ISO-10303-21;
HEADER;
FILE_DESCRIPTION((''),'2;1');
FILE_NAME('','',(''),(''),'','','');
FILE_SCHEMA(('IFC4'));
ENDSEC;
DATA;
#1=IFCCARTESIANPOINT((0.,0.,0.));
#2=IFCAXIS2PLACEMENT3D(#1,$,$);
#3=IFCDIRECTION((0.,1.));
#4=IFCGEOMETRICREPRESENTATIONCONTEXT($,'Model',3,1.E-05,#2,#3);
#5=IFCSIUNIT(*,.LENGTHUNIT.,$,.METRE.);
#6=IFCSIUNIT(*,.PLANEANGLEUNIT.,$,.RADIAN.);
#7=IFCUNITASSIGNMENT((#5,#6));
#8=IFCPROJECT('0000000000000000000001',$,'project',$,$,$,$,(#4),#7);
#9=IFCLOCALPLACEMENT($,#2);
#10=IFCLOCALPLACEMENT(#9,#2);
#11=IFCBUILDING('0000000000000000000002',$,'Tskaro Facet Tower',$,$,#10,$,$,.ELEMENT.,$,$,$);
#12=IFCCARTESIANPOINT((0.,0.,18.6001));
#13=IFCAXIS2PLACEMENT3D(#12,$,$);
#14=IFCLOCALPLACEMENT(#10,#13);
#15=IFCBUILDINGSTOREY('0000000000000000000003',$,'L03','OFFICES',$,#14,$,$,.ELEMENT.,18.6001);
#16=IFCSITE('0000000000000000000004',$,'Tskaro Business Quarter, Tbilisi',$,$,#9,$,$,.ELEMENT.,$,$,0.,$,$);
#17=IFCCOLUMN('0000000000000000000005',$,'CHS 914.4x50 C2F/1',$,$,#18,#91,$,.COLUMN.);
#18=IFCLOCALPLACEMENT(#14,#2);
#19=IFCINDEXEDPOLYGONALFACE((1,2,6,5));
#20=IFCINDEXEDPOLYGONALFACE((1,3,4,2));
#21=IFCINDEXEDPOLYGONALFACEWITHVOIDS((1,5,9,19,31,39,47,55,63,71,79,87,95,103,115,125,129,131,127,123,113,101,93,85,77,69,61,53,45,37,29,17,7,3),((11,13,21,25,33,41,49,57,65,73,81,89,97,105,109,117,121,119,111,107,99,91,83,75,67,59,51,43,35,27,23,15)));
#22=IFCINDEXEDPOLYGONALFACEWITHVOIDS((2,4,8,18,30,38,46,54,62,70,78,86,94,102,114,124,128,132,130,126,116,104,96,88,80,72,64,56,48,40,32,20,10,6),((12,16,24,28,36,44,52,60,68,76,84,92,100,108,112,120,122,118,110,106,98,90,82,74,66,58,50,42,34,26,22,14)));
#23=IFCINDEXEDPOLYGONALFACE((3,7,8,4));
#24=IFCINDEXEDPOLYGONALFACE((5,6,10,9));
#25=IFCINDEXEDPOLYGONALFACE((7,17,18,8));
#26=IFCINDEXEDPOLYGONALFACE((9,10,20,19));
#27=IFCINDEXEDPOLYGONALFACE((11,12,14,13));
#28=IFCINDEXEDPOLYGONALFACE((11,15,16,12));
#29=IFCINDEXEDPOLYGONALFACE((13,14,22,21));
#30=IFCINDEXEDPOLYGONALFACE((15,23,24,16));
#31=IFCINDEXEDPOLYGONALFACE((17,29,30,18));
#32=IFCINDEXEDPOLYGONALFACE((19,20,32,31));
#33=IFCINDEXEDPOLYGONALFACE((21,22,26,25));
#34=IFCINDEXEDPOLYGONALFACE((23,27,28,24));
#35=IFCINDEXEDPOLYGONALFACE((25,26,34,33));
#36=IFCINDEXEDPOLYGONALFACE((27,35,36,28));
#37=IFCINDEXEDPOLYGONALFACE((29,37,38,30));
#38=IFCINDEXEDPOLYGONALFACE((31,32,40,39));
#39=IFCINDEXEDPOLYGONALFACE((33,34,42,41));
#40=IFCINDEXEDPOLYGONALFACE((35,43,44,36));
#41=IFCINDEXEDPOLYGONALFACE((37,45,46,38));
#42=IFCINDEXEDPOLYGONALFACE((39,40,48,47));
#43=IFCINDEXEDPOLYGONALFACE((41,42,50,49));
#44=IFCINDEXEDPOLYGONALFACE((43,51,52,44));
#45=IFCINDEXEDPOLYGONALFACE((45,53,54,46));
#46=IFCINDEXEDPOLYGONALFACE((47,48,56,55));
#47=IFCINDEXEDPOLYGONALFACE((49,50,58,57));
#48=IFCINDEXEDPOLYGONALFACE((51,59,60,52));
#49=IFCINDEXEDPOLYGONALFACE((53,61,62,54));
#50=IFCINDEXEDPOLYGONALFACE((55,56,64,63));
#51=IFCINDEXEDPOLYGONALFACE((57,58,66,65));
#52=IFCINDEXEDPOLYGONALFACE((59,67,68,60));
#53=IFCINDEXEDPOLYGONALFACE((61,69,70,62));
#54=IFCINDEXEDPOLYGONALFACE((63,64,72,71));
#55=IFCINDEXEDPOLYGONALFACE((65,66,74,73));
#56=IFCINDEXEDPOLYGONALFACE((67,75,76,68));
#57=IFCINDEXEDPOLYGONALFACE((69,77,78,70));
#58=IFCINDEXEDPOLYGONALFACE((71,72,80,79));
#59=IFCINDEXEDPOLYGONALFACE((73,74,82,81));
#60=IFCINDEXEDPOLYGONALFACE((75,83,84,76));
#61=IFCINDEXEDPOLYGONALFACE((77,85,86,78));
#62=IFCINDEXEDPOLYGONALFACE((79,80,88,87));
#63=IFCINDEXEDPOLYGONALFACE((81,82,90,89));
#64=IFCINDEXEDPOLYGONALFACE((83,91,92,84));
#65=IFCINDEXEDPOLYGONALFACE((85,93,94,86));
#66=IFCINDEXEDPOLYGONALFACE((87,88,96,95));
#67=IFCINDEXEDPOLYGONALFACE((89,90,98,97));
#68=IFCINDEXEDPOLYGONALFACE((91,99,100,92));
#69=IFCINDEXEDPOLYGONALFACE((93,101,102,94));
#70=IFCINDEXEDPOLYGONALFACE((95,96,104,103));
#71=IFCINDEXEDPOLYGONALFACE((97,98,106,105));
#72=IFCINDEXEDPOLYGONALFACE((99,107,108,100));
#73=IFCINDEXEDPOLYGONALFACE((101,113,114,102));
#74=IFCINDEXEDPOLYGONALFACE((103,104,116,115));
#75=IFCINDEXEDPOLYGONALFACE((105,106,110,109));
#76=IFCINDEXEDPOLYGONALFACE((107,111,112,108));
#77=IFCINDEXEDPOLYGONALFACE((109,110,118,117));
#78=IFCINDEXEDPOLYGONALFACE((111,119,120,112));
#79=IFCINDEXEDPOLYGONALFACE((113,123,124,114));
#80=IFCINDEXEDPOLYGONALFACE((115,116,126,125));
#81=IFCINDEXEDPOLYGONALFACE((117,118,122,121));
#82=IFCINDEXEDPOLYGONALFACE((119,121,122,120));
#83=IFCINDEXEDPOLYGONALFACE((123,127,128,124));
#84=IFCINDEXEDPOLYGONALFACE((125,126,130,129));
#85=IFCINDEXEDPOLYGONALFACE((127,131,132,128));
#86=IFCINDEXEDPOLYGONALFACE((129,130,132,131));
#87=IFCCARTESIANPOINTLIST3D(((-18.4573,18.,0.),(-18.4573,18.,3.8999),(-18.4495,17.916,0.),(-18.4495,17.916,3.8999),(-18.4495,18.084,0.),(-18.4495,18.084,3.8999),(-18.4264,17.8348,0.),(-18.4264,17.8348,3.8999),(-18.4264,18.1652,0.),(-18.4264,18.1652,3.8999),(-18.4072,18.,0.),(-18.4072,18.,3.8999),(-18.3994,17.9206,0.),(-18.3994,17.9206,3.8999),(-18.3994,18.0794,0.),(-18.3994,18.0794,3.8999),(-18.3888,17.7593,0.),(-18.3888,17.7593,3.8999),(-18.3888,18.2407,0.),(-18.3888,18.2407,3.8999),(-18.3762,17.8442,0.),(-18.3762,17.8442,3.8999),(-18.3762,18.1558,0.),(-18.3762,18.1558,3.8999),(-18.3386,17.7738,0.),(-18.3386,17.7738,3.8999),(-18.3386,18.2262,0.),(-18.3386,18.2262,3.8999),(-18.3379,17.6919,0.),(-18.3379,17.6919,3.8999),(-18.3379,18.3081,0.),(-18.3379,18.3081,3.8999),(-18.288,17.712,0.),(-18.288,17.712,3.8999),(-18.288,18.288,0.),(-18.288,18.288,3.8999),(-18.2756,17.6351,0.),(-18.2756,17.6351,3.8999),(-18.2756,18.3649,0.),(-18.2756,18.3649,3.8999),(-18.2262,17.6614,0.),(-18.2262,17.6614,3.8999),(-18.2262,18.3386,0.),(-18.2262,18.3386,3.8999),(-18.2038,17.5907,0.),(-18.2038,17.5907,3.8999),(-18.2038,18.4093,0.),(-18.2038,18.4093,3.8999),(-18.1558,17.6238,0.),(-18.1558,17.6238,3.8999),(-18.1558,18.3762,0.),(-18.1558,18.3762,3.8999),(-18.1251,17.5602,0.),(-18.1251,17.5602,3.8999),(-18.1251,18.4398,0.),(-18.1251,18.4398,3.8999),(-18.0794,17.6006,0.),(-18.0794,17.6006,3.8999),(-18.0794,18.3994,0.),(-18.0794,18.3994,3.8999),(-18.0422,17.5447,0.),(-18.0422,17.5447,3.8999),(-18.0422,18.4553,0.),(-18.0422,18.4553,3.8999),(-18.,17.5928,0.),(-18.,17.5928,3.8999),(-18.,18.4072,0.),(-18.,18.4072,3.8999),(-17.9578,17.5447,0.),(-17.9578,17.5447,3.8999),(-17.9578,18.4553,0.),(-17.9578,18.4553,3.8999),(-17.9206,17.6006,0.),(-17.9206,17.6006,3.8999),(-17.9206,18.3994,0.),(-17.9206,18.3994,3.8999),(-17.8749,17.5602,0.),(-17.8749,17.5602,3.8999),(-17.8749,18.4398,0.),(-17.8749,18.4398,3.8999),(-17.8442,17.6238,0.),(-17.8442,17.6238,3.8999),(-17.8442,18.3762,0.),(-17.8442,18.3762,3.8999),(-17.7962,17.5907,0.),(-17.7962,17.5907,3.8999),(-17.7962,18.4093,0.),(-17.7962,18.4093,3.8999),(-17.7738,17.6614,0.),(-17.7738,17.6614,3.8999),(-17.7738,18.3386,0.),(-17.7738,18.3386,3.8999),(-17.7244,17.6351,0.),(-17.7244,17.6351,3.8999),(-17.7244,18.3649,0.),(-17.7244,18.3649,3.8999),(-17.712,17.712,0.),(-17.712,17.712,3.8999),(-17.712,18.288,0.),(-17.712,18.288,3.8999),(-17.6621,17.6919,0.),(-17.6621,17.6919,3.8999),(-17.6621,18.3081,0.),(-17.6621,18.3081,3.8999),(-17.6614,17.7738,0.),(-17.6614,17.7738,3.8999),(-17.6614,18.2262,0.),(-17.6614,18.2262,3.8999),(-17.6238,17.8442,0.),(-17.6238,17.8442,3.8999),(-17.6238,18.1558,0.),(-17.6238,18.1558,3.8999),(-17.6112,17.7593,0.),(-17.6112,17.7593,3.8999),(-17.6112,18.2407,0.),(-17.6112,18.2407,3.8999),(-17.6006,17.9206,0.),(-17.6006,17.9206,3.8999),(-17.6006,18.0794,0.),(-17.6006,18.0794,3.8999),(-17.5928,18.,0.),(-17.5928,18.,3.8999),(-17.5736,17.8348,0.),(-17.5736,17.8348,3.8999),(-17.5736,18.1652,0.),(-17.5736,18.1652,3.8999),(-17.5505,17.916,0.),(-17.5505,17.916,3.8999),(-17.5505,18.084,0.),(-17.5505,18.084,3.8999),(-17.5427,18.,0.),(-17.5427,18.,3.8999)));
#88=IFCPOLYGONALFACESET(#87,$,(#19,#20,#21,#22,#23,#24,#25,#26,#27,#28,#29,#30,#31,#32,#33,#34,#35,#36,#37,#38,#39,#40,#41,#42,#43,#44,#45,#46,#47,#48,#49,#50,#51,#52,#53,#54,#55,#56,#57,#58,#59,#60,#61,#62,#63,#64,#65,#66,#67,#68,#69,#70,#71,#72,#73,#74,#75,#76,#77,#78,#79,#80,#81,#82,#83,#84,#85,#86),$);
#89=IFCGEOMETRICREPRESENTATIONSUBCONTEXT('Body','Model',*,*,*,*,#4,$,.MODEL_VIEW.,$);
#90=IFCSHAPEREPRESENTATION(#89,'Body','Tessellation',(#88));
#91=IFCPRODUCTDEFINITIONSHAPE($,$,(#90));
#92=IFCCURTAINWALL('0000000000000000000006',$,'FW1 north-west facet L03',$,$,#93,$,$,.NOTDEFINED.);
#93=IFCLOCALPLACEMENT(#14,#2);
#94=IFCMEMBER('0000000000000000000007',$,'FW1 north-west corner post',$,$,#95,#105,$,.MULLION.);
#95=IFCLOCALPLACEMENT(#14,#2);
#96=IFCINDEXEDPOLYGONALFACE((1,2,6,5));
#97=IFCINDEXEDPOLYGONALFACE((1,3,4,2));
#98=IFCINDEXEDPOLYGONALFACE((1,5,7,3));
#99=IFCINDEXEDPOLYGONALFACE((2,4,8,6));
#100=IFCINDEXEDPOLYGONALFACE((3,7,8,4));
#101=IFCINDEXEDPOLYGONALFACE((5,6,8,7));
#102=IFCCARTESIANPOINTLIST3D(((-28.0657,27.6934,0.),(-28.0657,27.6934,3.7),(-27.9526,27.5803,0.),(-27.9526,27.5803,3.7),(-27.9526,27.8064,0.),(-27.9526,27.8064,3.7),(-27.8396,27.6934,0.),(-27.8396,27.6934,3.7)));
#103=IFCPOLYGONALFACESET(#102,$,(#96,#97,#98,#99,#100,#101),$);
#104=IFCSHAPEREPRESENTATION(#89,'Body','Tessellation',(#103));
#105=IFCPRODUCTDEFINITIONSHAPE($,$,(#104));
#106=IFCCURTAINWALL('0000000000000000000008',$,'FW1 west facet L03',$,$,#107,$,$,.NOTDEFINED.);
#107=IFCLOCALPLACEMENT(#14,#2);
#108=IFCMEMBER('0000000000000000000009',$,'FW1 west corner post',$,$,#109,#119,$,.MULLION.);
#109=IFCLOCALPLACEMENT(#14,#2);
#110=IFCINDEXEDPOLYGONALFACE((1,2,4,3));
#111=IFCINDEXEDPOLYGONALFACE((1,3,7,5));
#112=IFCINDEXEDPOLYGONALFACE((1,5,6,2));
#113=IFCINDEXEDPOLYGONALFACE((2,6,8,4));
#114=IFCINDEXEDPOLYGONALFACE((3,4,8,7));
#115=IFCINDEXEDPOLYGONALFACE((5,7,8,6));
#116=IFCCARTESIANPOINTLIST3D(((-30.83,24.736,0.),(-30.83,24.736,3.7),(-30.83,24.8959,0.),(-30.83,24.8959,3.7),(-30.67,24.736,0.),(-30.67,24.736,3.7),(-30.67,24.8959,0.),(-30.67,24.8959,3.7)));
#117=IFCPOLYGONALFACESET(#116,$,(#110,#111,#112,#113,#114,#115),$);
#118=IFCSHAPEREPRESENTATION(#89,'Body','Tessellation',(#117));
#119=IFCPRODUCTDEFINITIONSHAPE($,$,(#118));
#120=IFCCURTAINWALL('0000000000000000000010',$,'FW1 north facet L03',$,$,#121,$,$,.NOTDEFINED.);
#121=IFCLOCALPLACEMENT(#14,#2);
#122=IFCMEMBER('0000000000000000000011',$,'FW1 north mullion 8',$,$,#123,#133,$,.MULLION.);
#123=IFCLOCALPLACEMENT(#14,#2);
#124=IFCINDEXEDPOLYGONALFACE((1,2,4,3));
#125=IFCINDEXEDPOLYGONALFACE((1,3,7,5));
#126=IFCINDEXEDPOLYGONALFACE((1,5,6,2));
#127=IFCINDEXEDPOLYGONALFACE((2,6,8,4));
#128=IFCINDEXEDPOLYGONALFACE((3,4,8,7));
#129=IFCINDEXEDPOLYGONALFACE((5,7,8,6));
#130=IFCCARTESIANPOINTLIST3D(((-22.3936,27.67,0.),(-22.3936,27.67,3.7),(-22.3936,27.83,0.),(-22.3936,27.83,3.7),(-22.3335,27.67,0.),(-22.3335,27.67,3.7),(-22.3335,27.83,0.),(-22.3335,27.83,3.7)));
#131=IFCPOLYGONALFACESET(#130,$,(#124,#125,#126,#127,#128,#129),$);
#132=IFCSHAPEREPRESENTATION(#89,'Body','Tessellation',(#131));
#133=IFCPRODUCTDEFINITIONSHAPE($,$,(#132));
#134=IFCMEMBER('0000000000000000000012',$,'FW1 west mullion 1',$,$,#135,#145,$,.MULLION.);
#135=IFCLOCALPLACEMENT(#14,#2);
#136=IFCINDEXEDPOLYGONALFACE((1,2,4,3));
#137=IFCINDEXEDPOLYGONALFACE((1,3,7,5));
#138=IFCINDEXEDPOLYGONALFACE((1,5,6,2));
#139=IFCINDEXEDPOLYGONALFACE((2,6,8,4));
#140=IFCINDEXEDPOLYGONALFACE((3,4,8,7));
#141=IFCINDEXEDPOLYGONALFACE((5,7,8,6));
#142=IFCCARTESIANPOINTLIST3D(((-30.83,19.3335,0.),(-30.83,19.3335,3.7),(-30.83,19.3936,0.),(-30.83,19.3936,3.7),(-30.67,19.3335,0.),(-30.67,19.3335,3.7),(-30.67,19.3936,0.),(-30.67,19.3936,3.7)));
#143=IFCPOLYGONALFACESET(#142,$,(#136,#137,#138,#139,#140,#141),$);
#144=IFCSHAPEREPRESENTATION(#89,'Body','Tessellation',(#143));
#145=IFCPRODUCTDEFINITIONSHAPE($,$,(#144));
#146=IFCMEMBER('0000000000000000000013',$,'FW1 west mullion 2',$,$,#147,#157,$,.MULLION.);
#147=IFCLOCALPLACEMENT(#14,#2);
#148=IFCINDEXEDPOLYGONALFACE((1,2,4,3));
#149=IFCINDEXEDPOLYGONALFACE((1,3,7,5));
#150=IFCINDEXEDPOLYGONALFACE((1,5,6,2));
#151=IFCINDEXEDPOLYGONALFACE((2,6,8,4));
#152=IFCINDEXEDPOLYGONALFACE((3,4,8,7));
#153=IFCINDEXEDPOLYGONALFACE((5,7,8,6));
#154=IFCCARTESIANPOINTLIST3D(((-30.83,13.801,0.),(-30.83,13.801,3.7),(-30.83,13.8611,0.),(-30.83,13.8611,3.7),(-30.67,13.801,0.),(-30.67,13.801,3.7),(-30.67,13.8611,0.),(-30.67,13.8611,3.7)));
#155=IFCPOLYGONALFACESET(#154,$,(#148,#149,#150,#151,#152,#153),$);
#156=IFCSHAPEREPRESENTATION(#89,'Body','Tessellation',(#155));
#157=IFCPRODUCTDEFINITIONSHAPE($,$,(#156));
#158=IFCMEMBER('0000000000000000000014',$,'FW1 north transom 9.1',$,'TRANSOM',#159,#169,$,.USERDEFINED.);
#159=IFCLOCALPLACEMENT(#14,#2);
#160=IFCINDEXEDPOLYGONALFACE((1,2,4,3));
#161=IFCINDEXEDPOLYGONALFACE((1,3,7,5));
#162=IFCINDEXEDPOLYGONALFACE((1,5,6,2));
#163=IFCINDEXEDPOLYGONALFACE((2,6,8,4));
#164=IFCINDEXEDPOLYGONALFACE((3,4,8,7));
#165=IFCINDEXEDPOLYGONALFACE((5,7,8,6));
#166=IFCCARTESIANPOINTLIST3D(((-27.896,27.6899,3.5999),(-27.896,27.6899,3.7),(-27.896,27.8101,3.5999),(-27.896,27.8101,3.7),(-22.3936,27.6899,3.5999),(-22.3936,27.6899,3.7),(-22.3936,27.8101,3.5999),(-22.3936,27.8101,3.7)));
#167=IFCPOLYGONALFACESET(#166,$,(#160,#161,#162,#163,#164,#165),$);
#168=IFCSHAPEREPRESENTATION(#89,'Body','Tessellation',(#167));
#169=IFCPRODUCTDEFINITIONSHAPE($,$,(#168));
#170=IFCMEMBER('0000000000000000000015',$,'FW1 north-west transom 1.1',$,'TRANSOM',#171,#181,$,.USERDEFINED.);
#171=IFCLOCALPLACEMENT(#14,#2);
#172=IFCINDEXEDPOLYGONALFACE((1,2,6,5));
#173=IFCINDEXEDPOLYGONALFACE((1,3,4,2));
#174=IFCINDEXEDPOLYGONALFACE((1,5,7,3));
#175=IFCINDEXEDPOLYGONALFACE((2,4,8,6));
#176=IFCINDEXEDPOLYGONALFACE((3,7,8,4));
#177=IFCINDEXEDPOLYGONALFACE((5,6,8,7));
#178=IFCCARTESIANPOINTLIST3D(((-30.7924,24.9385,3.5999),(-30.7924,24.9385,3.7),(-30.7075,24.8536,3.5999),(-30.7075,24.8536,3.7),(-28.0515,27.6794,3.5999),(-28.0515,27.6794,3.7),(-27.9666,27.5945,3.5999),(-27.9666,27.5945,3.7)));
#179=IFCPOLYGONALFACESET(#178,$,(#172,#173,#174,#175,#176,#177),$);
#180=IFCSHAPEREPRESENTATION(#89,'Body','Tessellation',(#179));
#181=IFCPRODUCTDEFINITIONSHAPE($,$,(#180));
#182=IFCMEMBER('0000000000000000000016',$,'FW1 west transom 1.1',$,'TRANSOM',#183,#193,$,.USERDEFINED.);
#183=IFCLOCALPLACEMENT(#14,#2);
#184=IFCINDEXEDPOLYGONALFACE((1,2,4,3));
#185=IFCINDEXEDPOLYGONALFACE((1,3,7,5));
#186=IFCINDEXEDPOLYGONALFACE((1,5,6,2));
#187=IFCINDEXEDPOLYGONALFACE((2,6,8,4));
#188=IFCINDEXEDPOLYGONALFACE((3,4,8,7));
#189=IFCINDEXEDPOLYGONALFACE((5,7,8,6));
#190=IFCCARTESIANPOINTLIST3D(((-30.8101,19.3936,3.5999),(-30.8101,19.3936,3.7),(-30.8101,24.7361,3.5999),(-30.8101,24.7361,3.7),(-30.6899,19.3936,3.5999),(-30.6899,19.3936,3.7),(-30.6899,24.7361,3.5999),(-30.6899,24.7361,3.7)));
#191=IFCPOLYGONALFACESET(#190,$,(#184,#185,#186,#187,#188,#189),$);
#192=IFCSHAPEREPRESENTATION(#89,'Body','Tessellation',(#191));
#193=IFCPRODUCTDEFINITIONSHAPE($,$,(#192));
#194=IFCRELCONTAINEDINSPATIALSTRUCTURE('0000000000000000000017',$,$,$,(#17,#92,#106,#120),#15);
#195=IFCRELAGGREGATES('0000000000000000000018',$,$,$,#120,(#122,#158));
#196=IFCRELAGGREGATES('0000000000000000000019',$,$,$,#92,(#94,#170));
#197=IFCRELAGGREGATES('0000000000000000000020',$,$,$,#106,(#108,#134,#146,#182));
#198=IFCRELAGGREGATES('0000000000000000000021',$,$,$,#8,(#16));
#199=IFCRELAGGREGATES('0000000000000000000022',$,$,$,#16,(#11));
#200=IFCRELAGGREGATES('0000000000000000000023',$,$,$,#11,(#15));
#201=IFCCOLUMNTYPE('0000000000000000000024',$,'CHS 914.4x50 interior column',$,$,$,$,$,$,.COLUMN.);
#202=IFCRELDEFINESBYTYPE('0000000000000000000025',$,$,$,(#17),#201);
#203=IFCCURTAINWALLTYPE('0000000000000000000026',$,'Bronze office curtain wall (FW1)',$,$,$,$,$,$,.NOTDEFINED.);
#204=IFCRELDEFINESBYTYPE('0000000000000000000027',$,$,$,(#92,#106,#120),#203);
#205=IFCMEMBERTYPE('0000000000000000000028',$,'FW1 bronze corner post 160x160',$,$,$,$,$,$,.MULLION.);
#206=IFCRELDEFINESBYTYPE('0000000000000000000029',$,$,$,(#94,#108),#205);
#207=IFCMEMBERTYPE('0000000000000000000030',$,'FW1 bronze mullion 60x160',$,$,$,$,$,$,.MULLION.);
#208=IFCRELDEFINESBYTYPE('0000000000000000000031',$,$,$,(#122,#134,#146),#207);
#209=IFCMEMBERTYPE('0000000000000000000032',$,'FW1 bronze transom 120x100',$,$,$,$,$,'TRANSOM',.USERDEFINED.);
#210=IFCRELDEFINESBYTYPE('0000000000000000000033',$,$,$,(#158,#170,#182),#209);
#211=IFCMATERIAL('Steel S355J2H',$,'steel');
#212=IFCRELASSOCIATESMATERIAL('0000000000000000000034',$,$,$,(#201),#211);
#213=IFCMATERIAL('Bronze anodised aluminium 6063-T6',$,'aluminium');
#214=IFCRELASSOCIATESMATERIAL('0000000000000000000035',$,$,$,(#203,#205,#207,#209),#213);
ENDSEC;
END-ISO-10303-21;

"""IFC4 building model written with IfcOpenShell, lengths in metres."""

from ifc_helpers import new_model, si_unit, direction, frame, origin, origin_2d, place, context, subcontext, project, spatial, rectangle, hollow_circle, extrude, material, material_profile, profile_set, type_object, element, aggregate, save


model = new_model("IFC4")

# Units and contexts
model_context = context("Model", 3, precision=1e-05, world=origin(), true_north=direction((0.0, 1.0)))
body_context = subcontext(model_context, "Body", "Model", "MODEL_VIEW")
ifc_project = project(units=[si_unit("LENGTHUNIT", "METRE"), si_unit("PLANEANGLEUNIT", "RADIAN")], contexts=[model_context])

# Site, building, storey
site_placement = place(None, origin())
site = spatial("IfcSite", under=ifc_project, at=site_placement, Name="Tskaro Business Quarter, Tbilisi", CompositionType="ELEMENT", RefElevation=0.0)
building_placement = place(site_placement, origin())
building = spatial("IfcBuilding", under=site, at=building_placement, Name="Tskaro Facet Tower", CompositionType="ELEMENT")
storey_placement = place(building_placement, frame((0.0, 0.0, 18.6001)))
storey = spatial("IfcBuildingStorey", under=building, at=storey_placement, Name="L03", Description="OFFICES", CompositionType="ELEMENT", Elevation=18.6001)

# Column
ifc_material_1 = material(Name="Steel S355J2H", Category="steel")
ifc_material_profile_1 = material_profile(ifc_material_1, hollow_circle(Radius=0.4573, WallThickness=0.05, at=origin_2d()), Name="CHS 914.4x50")
ifc_profile_set_1 = profile_set([ifc_material_profile_1], Name="Steel S355J2H")
column_type_1 = type_object("IfcColumnType", Name="CHS 914.4x50 interior column", PredefinedType="COLUMN", material=ifc_profile_set_1)
column_placement = place(storey_placement, frame((-18.0, 18.0, 0.0), z_axis=(0.0, 0.0, 1.0), x_axis=(1.0, 0.0, 0.0)))
element("IfcColumn", 1, at=column_placement, inside=storey, type_object=column_type_1, Name="CHS 914.4x50 C2F/1", PredefinedType="COLUMN", context=body_context, shape_type="SweptSolid", body=[
    extrude(hollow_circle(Radius=0.4573, WallThickness=0.05, at=origin_2d()), origin(), (0.0, 0.0, 1.0), 3.8999),
])

# Curtain walls, members
ifc_material_2 = material(Name="Bronze anodised aluminium 6063-T6", Category="aluminium")
curtain_wall_type = type_object("IfcCurtainWallType", Name="Bronze office curtain wall (FW1)", PredefinedType="NOTDEFINED", material=ifc_material_2)
curtain_wall_1_placement = place(storey_placement, origin())
curtain_wall_1 = element("IfcCurtainWall", 2, at=curtain_wall_1_placement, inside=storey, type_object=curtain_wall_type, Name="FW1 north-west facet L03", PredefinedType="NOTDEFINED")
ifc_material_profile_2 = material_profile(ifc_material_2, rectangle(XDim=0.1599, YDim=0.1599, at=origin_2d()), Name="Corner post 160x160")
ifc_profile_set_2 = profile_set([ifc_material_profile_2], Name="Bronze anodised aluminium 6063-T6")
member_type_1 = type_object("IfcMemberType", Name="FW1 bronze corner post 160x160", PredefinedType="MULLION", material=ifc_profile_set_2)
member_1_placement = place(storey_placement, frame((-27.9526, 27.6934, 0.0), z_axis=(0.0, 0.0, 1.0), x_axis=(-0.707107, -0.707107, 0.0)))
member_1 = element("IfcMember", 3, at=member_1_placement, type_object=member_type_1, Name="FW1 north-west corner post", PredefinedType="MULLION", context=body_context, shape_type="SweptSolid", body=[
    extrude(rectangle(XDim=0.1599, YDim=0.1599, at=origin_2d()), origin(), (0.0, 0.0, 1.0), 3.7),
])
curtain_wall_2_placement = place(storey_placement, origin())
curtain_wall_2 = element("IfcCurtainWall", 4, at=curtain_wall_2_placement, inside=storey, type_object=curtain_wall_type, Name="FW1 west facet L03", PredefinedType="NOTDEFINED")
member_2_placement = place(storey_placement, frame((-30.75, 24.8159, 0.0), z_axis=(0.0, 0.0, 1.0), x_axis=(0.0, -1.0, 0.0)))
member_2 = element("IfcMember", 5, at=member_2_placement, type_object=member_type_1, Name="FW1 west corner post", PredefinedType="MULLION", context=body_context, shape_type="SweptSolid", body=[
    extrude(rectangle(XDim=0.1599, YDim=0.1599, at=origin_2d()), origin(), (0.0, 0.0, 1.0), 3.7),
])
curtain_wall_3_placement = place(storey_placement, origin())
curtain_wall_3 = element("IfcCurtainWall", 6, at=curtain_wall_3_placement, inside=storey, type_object=curtain_wall_type, Name="FW1 north facet L03", PredefinedType="NOTDEFINED")
ifc_material_profile_3 = material_profile(ifc_material_2, rectangle(XDim=0.0601, YDim=0.1599, at=origin_2d()), Name="Mullion 60x160")
ifc_profile_set_3 = profile_set([ifc_material_profile_3], Name="Bronze anodised aluminium 6063-T6")
member_type_2 = type_object("IfcMemberType", Name="FW1 bronze mullion 60x160", PredefinedType="MULLION", material=ifc_profile_set_3)
member_3_placement = place(storey_placement, frame((-22.3635, 27.75, 0.0), z_axis=(0.0, 0.0, 1.0), x_axis=(-1.0, 0.0, 0.0)))
member_3 = element("IfcMember", 7, at=member_3_placement, type_object=member_type_2, Name="FW1 north mullion 8", PredefinedType="MULLION", context=body_context, shape_type="SweptSolid", body=[
    extrude(rectangle(XDim=0.0601, YDim=0.1599, at=origin_2d()), origin(), (0.0, 0.0, 1.0), 3.7),
])

# Members
member_4_placement = place(storey_placement, frame((-30.75, 19.3635, 0.0), z_axis=(0.0, 0.0, 1.0), x_axis=(0.0, -1.0, 0.0)))
member_4 = element("IfcMember", 8, at=member_4_placement, type_object=member_type_2, Name="FW1 west mullion 1", PredefinedType="MULLION", context=body_context, shape_type="SweptSolid", body=[
    extrude(rectangle(XDim=0.0601, YDim=0.1599, at=origin_2d()), origin(), (0.0, 0.0, 1.0), 3.7),
])
member_5_placement = place(storey_placement, frame((-30.75, 13.8311, 0.0), z_axis=(0.0, 0.0, 1.0), x_axis=(0.0, -1.0, 0.0)))
member_5 = element("IfcMember", 9, at=member_5_placement, type_object=member_type_2, Name="FW1 west mullion 2", PredefinedType="MULLION", context=body_context, shape_type="SweptSolid", body=[
    extrude(rectangle(XDim=0.0601, YDim=0.1599, at=origin_2d()), origin(), (0.0, 0.0, 1.0), 3.7),
])
ifc_material_profile_4 = material_profile(ifc_material_2, rectangle(XDim=0.1201, YDim=0.1001, at=origin_2d()), Name="Transom 120x100")
ifc_profile_set_4 = profile_set([ifc_material_profile_4], Name="Bronze anodised aluminium 6063-T6")
member_type_3 = type_object("IfcMemberType", Name="FW1 bronze transom 120x100", ElementType="TRANSOM", PredefinedType="USERDEFINED", material=ifc_profile_set_4)
member_6_placement = place(storey_placement, frame((-22.3936, 27.75, 3.6499), z_axis=(-1.0, 0.0, 0.0), x_axis=(0.0, -1.0, 0.0)))
member_6 = element("IfcMember", 10, at=member_6_placement, type_object=member_type_3, Name="FW1 north transom 9.1", ObjectType="TRANSOM", PredefinedType="USERDEFINED", context=body_context, shape_type="SweptSolid", body=[
    extrude(rectangle(XDim=0.1201, YDim=0.1001, at=origin_2d()), origin(), (0.0, 0.0, 1.0), 5.5024),
])
member_7_placement = place(storey_placement, frame((-28.009, 27.637, 3.6499), z_axis=(-0.707107, -0.707107, 0.0), x_axis=(0.707107, -0.707107, 0.0)))
member_7 = element("IfcMember", 11, at=member_7_placement, type_object=member_type_3, Name="FW1 north-west transom 1.1", ObjectType="TRANSOM", PredefinedType="USERDEFINED", context=body_context, shape_type="SweptSolid", body=[
    extrude(rectangle(XDim=0.1201, YDim=0.1001, at=origin_2d()), origin(), (0.0, 0.0, 1.0), 3.8762),
])
member_8_placement = place(storey_placement, frame((-30.75, 24.7361, 3.6499), z_axis=(0.0, -1.0, 0.0), x_axis=(1.0, 0.0, 0.0)))
member_8 = element("IfcMember", 12, at=member_8_placement, type_object=member_type_3, Name="FW1 west transom 1.1", ObjectType="TRANSOM", PredefinedType="USERDEFINED", context=body_context, shape_type="SweptSolid", body=[
    extrude(rectangle(XDim=0.1201, YDim=0.1001, at=origin_2d()), origin(), (0.0, 0.0, 1.0), 5.3425),
])

aggregate(curtain_wall_3, [member_3, member_6])
aggregate(curtain_wall_1, [member_1, member_7])
aggregate(curtain_wall_2, [member_2, member_4, member_5, member_8])

save(model, "model.ifc")
